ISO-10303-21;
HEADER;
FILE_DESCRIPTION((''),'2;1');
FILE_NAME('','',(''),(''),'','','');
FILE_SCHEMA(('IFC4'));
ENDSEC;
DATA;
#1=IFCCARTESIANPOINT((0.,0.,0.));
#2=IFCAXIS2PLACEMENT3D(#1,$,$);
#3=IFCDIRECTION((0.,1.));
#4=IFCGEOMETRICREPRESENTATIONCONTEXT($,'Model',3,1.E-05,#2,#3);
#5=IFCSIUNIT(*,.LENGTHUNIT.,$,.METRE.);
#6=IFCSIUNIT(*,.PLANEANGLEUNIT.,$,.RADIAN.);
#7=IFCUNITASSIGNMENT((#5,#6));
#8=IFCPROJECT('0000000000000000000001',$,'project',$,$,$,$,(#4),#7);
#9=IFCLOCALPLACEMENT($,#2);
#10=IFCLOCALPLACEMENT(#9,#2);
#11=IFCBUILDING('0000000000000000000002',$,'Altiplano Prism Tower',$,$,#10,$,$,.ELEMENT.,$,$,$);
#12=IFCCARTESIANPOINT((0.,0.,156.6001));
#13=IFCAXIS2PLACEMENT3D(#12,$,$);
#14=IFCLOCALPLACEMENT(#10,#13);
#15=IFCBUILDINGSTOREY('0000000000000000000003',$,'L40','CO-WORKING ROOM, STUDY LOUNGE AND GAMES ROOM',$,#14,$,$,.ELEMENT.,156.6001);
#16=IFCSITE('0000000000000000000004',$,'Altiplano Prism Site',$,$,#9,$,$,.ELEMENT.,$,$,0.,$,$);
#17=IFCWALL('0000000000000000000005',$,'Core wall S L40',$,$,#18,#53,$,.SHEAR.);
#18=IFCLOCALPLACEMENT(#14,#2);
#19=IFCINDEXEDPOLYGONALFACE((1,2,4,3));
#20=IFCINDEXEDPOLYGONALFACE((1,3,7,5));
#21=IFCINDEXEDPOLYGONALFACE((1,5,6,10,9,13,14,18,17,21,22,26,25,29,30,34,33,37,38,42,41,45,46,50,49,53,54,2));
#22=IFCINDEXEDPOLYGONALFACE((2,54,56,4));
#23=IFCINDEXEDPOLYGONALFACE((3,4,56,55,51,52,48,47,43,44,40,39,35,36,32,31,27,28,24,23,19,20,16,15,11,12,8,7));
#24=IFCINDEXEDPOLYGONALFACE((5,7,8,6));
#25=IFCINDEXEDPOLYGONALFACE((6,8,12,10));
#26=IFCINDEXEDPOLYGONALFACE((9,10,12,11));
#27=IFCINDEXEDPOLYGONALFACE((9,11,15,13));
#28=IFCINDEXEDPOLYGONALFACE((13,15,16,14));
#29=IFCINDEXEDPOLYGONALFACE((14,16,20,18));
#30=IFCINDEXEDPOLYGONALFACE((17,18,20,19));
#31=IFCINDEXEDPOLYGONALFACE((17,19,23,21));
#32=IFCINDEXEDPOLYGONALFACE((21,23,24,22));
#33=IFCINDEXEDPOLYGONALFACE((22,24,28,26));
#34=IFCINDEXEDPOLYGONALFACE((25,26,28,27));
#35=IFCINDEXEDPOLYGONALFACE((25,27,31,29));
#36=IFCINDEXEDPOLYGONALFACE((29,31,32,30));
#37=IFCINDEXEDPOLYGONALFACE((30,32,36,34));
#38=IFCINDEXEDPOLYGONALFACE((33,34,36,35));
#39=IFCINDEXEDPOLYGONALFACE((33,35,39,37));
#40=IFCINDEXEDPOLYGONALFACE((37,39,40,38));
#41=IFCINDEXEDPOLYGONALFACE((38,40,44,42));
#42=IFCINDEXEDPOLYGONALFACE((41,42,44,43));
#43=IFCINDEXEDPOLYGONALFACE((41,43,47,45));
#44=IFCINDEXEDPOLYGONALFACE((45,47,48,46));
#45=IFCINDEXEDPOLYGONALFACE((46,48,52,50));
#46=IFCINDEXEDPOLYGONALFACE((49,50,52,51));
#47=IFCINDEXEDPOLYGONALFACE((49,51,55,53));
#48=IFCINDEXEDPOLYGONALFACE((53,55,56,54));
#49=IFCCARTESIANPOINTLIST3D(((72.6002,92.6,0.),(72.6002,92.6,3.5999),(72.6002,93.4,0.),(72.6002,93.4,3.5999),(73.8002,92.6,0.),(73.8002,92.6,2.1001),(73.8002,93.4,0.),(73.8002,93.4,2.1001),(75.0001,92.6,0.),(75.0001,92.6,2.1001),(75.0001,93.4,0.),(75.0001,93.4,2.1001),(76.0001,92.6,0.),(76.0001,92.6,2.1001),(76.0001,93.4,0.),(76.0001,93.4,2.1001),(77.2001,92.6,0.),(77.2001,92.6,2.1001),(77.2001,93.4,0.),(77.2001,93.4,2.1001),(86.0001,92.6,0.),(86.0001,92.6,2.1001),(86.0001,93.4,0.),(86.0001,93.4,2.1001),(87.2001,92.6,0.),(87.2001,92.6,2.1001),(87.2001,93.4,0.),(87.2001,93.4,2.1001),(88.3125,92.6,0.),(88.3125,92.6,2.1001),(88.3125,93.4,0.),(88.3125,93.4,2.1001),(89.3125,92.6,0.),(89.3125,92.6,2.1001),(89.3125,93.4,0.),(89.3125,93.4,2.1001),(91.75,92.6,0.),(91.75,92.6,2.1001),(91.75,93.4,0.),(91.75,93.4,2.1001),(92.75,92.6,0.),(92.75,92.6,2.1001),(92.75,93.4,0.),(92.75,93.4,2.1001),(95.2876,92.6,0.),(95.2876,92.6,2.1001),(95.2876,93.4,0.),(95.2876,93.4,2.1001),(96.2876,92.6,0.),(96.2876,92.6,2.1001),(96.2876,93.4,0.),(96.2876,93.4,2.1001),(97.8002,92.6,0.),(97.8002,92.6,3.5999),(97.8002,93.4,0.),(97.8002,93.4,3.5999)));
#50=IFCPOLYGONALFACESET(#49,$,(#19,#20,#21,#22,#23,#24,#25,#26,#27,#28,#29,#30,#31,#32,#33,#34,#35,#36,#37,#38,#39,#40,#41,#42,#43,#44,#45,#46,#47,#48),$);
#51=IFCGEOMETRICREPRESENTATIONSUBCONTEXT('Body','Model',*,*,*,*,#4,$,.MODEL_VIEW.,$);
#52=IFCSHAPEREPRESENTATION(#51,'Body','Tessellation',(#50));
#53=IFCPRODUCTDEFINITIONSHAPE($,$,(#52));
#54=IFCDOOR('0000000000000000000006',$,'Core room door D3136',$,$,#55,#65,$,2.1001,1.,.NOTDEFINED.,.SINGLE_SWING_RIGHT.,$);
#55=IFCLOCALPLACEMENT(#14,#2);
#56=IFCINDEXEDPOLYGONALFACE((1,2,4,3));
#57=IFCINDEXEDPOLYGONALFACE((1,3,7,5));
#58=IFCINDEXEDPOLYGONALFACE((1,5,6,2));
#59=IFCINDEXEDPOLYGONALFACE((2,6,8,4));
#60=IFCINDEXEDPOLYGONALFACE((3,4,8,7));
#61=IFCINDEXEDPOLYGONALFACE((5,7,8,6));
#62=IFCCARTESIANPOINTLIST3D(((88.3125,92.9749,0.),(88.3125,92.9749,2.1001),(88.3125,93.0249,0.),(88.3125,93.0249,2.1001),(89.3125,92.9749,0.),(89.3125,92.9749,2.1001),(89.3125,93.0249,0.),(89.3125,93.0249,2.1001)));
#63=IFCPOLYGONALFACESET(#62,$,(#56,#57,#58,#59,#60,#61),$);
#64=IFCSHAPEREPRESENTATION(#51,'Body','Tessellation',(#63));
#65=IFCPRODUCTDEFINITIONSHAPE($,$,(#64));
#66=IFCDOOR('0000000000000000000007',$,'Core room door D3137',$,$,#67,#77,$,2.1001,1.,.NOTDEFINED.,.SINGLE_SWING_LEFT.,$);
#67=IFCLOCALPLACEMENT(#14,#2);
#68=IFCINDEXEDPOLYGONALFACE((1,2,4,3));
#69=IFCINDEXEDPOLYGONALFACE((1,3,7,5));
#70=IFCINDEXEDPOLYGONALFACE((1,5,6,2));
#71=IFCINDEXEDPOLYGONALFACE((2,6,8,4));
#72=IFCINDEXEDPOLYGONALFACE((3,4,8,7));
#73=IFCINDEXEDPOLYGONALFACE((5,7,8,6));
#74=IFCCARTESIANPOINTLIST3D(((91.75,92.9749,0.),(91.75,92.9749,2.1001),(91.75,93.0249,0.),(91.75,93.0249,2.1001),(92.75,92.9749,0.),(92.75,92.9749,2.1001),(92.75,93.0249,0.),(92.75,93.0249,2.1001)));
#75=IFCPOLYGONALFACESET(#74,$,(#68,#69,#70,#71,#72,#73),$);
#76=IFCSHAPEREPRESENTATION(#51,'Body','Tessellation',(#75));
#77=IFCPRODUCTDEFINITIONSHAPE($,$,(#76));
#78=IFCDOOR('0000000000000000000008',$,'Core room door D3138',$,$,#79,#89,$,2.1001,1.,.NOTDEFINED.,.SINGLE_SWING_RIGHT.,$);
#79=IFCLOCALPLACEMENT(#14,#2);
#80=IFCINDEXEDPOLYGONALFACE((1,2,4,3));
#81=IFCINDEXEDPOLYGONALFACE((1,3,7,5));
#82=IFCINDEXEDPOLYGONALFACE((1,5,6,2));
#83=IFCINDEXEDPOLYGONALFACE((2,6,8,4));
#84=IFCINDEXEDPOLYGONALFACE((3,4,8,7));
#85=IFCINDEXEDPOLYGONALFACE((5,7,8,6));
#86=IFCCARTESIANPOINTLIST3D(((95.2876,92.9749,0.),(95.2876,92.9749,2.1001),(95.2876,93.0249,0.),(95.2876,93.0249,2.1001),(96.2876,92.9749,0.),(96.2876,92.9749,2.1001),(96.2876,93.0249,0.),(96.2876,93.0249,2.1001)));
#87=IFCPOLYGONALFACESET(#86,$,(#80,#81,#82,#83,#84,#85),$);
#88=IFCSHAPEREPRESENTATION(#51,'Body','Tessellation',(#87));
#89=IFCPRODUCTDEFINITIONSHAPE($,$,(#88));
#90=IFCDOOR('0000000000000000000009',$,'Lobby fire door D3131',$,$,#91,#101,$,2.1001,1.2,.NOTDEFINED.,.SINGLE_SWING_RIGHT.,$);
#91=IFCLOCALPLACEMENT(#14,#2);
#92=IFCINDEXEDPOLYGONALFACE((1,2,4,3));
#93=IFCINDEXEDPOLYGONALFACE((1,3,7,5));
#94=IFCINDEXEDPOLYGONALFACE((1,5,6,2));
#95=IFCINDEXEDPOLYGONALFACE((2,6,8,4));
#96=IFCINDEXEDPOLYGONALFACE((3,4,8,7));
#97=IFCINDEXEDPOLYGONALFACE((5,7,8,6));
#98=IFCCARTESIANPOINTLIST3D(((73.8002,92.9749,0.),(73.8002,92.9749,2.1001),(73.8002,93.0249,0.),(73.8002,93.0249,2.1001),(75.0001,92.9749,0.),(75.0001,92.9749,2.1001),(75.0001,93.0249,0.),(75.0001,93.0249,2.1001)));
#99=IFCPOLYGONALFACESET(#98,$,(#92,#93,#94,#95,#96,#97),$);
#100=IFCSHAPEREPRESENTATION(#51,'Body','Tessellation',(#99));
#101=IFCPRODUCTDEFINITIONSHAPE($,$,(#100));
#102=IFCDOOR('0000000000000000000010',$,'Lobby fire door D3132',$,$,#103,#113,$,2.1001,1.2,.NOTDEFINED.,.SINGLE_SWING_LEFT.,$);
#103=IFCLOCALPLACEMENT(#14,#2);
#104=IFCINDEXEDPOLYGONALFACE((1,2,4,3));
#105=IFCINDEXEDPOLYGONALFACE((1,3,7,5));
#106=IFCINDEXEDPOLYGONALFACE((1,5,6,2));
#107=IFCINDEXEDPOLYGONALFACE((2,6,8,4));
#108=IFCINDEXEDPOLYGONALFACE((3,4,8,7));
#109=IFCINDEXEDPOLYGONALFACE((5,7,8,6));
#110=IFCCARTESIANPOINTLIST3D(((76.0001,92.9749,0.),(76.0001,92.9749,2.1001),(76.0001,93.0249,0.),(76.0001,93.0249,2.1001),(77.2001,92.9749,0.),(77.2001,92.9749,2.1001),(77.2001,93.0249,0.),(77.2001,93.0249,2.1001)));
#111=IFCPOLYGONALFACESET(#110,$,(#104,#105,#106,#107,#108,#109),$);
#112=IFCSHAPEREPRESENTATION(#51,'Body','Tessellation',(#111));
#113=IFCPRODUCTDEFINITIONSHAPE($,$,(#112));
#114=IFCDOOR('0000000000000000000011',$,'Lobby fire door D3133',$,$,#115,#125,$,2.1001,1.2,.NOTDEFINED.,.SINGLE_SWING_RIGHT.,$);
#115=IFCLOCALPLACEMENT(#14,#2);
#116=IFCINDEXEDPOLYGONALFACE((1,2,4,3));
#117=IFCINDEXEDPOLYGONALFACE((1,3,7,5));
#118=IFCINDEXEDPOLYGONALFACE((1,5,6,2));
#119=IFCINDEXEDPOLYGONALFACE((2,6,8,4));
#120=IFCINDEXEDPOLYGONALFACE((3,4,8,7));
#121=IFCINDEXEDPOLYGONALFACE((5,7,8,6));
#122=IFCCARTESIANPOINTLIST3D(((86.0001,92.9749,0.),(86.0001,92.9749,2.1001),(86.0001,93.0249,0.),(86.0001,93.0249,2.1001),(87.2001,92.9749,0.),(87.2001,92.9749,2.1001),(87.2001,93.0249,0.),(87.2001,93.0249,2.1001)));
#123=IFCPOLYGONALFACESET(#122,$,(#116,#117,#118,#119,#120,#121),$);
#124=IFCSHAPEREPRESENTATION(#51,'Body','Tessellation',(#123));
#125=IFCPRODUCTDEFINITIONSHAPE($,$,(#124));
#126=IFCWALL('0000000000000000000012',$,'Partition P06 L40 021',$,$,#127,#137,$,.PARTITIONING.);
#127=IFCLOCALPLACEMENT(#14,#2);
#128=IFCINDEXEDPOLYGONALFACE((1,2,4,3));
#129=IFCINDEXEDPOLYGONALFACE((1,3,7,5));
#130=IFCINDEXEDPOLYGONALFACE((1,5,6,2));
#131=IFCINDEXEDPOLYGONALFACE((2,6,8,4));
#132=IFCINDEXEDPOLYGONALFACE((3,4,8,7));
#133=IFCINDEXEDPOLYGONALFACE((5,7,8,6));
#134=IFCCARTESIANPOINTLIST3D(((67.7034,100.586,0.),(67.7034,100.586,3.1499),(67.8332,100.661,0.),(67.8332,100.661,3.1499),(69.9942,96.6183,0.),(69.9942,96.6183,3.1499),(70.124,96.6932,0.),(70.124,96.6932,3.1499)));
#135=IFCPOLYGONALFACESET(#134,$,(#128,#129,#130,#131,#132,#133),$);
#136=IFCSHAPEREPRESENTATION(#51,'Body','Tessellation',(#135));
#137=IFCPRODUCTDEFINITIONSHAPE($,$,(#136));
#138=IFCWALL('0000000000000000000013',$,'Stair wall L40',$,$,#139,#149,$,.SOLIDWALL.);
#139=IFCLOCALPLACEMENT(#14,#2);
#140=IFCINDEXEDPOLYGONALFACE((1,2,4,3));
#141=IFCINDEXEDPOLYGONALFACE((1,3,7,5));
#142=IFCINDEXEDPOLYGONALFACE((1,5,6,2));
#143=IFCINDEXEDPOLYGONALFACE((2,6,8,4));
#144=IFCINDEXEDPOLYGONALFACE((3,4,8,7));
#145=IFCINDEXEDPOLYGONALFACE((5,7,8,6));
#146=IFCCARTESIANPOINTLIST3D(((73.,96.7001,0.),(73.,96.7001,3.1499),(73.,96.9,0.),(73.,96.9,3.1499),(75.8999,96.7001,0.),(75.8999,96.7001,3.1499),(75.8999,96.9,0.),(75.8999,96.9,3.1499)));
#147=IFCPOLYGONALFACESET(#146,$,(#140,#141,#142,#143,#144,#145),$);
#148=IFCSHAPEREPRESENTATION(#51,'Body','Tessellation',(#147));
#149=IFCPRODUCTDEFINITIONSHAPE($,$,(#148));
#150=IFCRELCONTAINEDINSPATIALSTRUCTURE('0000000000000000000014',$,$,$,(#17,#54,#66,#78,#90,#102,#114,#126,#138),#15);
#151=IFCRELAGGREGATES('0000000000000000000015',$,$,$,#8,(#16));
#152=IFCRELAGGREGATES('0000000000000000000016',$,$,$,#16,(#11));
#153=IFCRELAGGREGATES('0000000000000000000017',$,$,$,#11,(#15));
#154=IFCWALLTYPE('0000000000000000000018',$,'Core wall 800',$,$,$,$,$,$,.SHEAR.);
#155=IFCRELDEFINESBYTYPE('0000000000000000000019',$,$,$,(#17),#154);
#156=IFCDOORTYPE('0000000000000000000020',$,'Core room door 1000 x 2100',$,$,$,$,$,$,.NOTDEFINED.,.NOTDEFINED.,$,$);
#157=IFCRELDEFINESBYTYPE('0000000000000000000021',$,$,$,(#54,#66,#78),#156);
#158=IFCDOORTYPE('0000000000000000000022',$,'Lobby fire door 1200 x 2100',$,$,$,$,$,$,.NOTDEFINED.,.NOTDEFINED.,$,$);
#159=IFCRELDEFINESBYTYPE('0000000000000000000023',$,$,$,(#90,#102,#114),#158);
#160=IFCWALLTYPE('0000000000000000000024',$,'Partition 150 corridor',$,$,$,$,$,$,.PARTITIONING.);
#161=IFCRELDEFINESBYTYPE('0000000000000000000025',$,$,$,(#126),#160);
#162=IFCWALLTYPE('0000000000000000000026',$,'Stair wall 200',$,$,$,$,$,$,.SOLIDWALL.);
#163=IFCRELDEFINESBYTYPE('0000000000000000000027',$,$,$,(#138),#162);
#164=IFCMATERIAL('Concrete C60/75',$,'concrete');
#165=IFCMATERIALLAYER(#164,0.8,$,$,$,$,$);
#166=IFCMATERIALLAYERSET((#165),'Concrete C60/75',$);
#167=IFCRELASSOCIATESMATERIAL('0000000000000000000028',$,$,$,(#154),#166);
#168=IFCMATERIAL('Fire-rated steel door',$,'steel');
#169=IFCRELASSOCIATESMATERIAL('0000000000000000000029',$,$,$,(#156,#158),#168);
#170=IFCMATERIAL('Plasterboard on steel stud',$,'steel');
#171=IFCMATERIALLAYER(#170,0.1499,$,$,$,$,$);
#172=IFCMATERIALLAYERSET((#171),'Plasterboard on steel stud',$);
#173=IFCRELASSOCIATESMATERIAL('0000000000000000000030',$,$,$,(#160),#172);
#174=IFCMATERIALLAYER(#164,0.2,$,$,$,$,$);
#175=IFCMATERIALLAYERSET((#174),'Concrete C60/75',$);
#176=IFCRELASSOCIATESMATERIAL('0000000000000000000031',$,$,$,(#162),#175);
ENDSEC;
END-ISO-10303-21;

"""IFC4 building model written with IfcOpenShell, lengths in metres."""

from ifc_helpers import new_model, si_unit, direction, frame, frame_2d, origin, place, context, subcontext, project, spatial, rectangle, extrude, material, layer, layer_set, type_object, element, fill, save


model = new_model("IFC4")

# Units and contexts
model_context = context("Model", 3, precision=1e-05, world=origin(), true_north=direction((0.0, 1.0)))
body_context = subcontext(model_context, "Body", "Model", "MODEL_VIEW")
ifc_project = project(units=[si_unit("LENGTHUNIT", "METRE"), si_unit("PLANEANGLEUNIT", "RADIAN")], contexts=[model_context])

# Site, building, storey
site_placement = place(None, origin())
site = spatial("IfcSite", under=ifc_project, at=site_placement, Name="Altiplano Prism Site", CompositionType="ELEMENT", RefElevation=0.0)
building_placement = place(site_placement, origin())
building = spatial("IfcBuilding", under=site, at=building_placement, Name="Altiplano Prism Tower", CompositionType="ELEMENT")
storey_placement = place(building_placement, frame((0.0, 0.0, 156.6001)))
storey = spatial("IfcBuildingStorey", under=building, at=storey_placement, Name="L40", Description="CO-WORKING ROOM, STUDY LOUNGE AND GAMES ROOM", CompositionType="ELEMENT", Elevation=156.6001)

# Wall, openings, doors
ifc_material_1 = material(Name="Concrete C60/75", Category="concrete")
ifc_layer_1 = layer(ifc_material_1, 0.8)
ifc_layer_set_1 = layer_set([ifc_layer_1], Name="Concrete C60/75")
wall_type_1 = type_object("IfcWallType", Name="Core wall 800", PredefinedType="SHEAR", material=ifc_layer_set_1)
wall_1_placement = place(storey_placement, frame((72.6001, 93.0, 0.0), z_axis=(0.0, 0.0, 1.0), x_axis=(1.0, 0.0, 0.0)))
wall_1 = element("IfcWall", 1, at=wall_1_placement, inside=storey, type_object=wall_type_1, Name="Core wall S L40", PredefinedType="SHEAR", context=body_context, shape_type="SweptSolid", body=[
    extrude(rectangle(XDim=25.2, YDim=0.8, at=frame_2d((12.6001, 0.0))), origin(), (0.0, 0.0, 1.0), 3.5999),
])
opening_1_placement = place(wall_1_placement, frame((1.2, 0.0, 0.0)))
opening_1 = element("IfcOpeningElement", 2, at=opening_1_placement, cuts=wall_1, PredefinedType="OPENING", context=body_context, shape_type="SweptSolid", body=[
    extrude(rectangle(XDim=1.2, YDim=2.1001, at=frame_2d((0.6001, 1.05))), frame((0.0, 0.4106, 0.0), z_axis=(0.0, -1.0, 0.0), x_axis=(1.0, 0.0, 0.0)), (0.0, 0.0, 1.0), 0.821),
])
opening_2_placement = place(wall_1_placement, frame((3.3999, 0.0, 0.0)))
opening_2 = element("IfcOpeningElement", 3, at=opening_2_placement, cuts=wall_1, PredefinedType="OPENING", context=body_context, shape_type="SweptSolid", body=[
    extrude(rectangle(XDim=1.2, YDim=2.1001, at=frame_2d((0.6001, 1.05))), frame((0.0, 0.4106, 0.0), z_axis=(0.0, -1.0, 0.0), x_axis=(1.0, 0.0, 0.0)), (0.0, 0.0, 1.0), 0.821),
])
opening_3_placement = place(wall_1_placement, frame((13.3999, 0.0, 0.0)))
opening_3 = element("IfcOpeningElement", 4, at=opening_3_placement, cuts=wall_1, PredefinedType="OPENING", context=body_context, shape_type="SweptSolid", body=[
    extrude(rectangle(XDim=1.2, YDim=2.1001, at=frame_2d((0.6001, 1.05))), frame((0.0, 0.4106, 0.0), z_axis=(0.0, -1.0, 0.0), x_axis=(1.0, 0.0, 0.0)), (0.0, 0.0, 1.0), 0.821),
])
opening_4_placement = place(wall_1_placement, frame((15.7124, 0.0, 0.0)))
opening_4 = element("IfcOpeningElement", 5, at=opening_4_placement, cuts=wall_1, PredefinedType="OPENING", context=body_context, shape_type="SweptSolid", body=[
    extrude(rectangle(XDim=1.0, YDim=2.1001, at=frame_2d((0.5, 1.05))), frame((0.0, 0.4106, 0.0), z_axis=(0.0, -1.0, 0.0), x_axis=(1.0, 0.0, 0.0)), (0.0, 0.0, 1.0), 0.821),
])
opening_5_placement = place(wall_1_placement, frame((19.1499, 0.0, 0.0)))
opening_5 = element("IfcOpeningElement", 6, at=opening_5_placement, cuts=wall_1, PredefinedType="OPENING", context=body_context, shape_type="SweptSolid", body=[
    extrude(rectangle(XDim=1.0, YDim=2.1001, at=frame_2d((0.5, 1.05))), frame((0.0, 0.4106, 0.0), z_axis=(0.0, -1.0, 0.0), x_axis=(1.0, 0.0, 0.0)), (0.0, 0.0, 1.0), 0.821),
])
opening_6_placement = place(wall_1_placement, frame((22.6875, 0.0, 0.0)))
opening_6 = element("IfcOpeningElement", 7, at=opening_6_placement, cuts=wall_1, PredefinedType="OPENING", context=body_context, shape_type="SweptSolid", body=[
    extrude(rectangle(XDim=1.0, YDim=2.1001, at=frame_2d((0.5, 1.05))), frame((0.0, 0.4106, 0.0), z_axis=(0.0, -1.0, 0.0), x_axis=(1.0, 0.0, 0.0)), (0.0, 0.0, 1.0), 0.821),
])
ifc_material_2 = material(Name="Fire-rated steel door", Category="steel")
door_type_1 = type_object("IfcDoorType", Name="Core room door 1000 x 2100", OperationType="NOTDEFINED", PredefinedType="NOTDEFINED", material=ifc_material_2)
door_1_placement = place(opening_4_placement, origin())
door_1 = element("IfcDoor", 8, at=door_1_placement, inside=storey, type_object=door_type_1, Name="Core room door D3136", OperationType="SINGLE_SWING_RIGHT", OverallHeight=2.1001, OverallWidth=1.0, PredefinedType="NOTDEFINED", context=body_context, shape_type="SweptSolid", body=[
    extrude(rectangle(XDim=1.0, YDim=2.1001, at=frame_2d((0.5, 1.05))), frame((0.0, 0.0249, 0.0), z_axis=(0.0, -1.0, 0.0), x_axis=(1.0, 0.0, 0.0)), (0.0, 0.0, 1.0), 0.05),
])
fill(opening_4, door_1)
door_2_placement = place(opening_5_placement, origin())
door_2 = element("IfcDoor", 9, at=door_2_placement, inside=storey, type_object=door_type_1, Name="Core room door D3137", OperationType="SINGLE_SWING_LEFT", OverallHeight=2.1001, OverallWidth=1.0, PredefinedType="NOTDEFINED", context=body_context, shape_type="SweptSolid", body=[
    extrude(rectangle(XDim=1.0, YDim=2.1001, at=frame_2d((0.5, 1.05))), frame((0.0, 0.0249, 0.0), z_axis=(0.0, -1.0, 0.0), x_axis=(1.0, 0.0, 0.0)), (0.0, 0.0, 1.0), 0.05),
])
fill(opening_5, door_2)
door_3_placement = place(opening_6_placement, origin())
door_3 = element("IfcDoor", 10, at=door_3_placement, inside=storey, type_object=door_type_1, Name="Core room door D3138", OperationType="SINGLE_SWING_RIGHT", OverallHeight=2.1001, OverallWidth=1.0, PredefinedType="NOTDEFINED", context=body_context, shape_type="SweptSolid", body=[
    extrude(rectangle(XDim=1.0, YDim=2.1001, at=frame_2d((0.5, 1.05))), frame((0.0, 0.0249, 0.0), z_axis=(0.0, -1.0, 0.0), x_axis=(1.0, 0.0, 0.0)), (0.0, 0.0, 1.0), 0.05),
])
fill(opening_6, door_3)
door_type_2 = type_object("IfcDoorType", Name="Lobby fire door 1200 x 2100", OperationType="NOTDEFINED", PredefinedType="NOTDEFINED", material=ifc_material_2)
door_4_placement = place(opening_1_placement, origin())
door_4 = element("IfcDoor", 11, at=door_4_placement, inside=storey, type_object=door_type_2, Name="Lobby fire door D3131", OperationType="SINGLE_SWING_RIGHT", OverallHeight=2.1001, OverallWidth=1.2, PredefinedType="NOTDEFINED", context=body_context, shape_type="SweptSolid", body=[
    extrude(rectangle(XDim=1.2, YDim=2.1001, at=frame_2d((0.6001, 1.05))), frame((0.0, 0.0249, 0.0), z_axis=(0.0, -1.0, 0.0), x_axis=(1.0, 0.0, 0.0)), (0.0, 0.0, 1.0), 0.05),
])
fill(opening_1, door_4)
door_5_placement = place(opening_2_placement, origin())
door_5 = element("IfcDoor", 12, at=door_5_placement, inside=storey, type_object=door_type_2, Name="Lobby fire door D3132", OperationType="SINGLE_SWING_LEFT", OverallHeight=2.1001, OverallWidth=1.2, PredefinedType="NOTDEFINED", context=body_context, shape_type="SweptSolid", body=[
    extrude(rectangle(XDim=1.2, YDim=2.1001, at=frame_2d((0.6001, 1.05))), frame((0.0, 0.0249, 0.0), z_axis=(0.0, -1.0, 0.0), x_axis=(1.0, 0.0, 0.0)), (0.0, 0.0, 1.0), 0.05),
])
fill(opening_2, door_5)
door_6_placement = place(opening_3_placement, origin())
door_6 = element("IfcDoor", 13, at=door_6_placement, inside=storey, type_object=door_type_2, Name="Lobby fire door D3133", OperationType="SINGLE_SWING_RIGHT", OverallHeight=2.1001, OverallWidth=1.2, PredefinedType="NOTDEFINED", context=body_context, shape_type="SweptSolid", body=[
    extrude(rectangle(XDim=1.2, YDim=2.1001, at=frame_2d((0.6001, 1.05))), frame((0.0, 0.0249, 0.0), z_axis=(0.0, -1.0, 0.0), x_axis=(1.0, 0.0, 0.0)), (0.0, 0.0, 1.0), 0.05),
])
fill(opening_3, door_6)

# Walls
ifc_material_3 = material(Name="Plasterboard on steel stud", Category="steel")
ifc_layer_2 = layer(ifc_material_3, 0.1499)
ifc_layer_set_2 = layer_set([ifc_layer_2], Name="Plasterboard on steel stud")
wall_type_2 = type_object("IfcWallType", Name="Partition 150 corridor", PredefinedType="PARTITIONING", material=ifc_layer_set_2)
wall_2_placement = place(storey_placement, frame((70.0591, 96.6558, 0.0), z_axis=(0.0, 0.0, 1.0), x_axis=(-0.499996, 0.866028, 0.0)))
element("IfcWall", 14, at=wall_2_placement, inside=storey, type_object=wall_type_2, Name="Partition P06 L40 021", PredefinedType="PARTITIONING", context=body_context, shape_type="SweptSolid", body=[
    extrude(rectangle(XDim=4.5815, YDim=0.1499, at=frame_2d((2.2908, 0.0))), origin(), (0.0, 0.0, 1.0), 3.1499),
])
ifc_layer_3 = layer(ifc_material_1, 0.2)
ifc_layer_set_3 = layer_set([ifc_layer_3], Name="Concrete C60/75")
wall_type_3 = type_object("IfcWallType", Name="Stair wall 200", PredefinedType="SOLIDWALL", material=ifc_layer_set_3)
wall_3_placement = place(storey_placement, frame((73.0, 96.8, 0.0), z_axis=(0.0, 0.0, 1.0), x_axis=(1.0, 0.0, 0.0)))
element("IfcWall", 15, at=wall_3_placement, inside=storey, type_object=wall_type_3, Name="Stair wall L40", PredefinedType="SOLIDWALL", context=body_context, shape_type="SweptSolid", body=[
    extrude(rectangle(XDim=2.8999, YDim=0.2, at=frame_2d((1.45, 0.0))), origin(), (0.0, 0.0, 1.0), 3.1499),
])

save(model, "model.ifc")
